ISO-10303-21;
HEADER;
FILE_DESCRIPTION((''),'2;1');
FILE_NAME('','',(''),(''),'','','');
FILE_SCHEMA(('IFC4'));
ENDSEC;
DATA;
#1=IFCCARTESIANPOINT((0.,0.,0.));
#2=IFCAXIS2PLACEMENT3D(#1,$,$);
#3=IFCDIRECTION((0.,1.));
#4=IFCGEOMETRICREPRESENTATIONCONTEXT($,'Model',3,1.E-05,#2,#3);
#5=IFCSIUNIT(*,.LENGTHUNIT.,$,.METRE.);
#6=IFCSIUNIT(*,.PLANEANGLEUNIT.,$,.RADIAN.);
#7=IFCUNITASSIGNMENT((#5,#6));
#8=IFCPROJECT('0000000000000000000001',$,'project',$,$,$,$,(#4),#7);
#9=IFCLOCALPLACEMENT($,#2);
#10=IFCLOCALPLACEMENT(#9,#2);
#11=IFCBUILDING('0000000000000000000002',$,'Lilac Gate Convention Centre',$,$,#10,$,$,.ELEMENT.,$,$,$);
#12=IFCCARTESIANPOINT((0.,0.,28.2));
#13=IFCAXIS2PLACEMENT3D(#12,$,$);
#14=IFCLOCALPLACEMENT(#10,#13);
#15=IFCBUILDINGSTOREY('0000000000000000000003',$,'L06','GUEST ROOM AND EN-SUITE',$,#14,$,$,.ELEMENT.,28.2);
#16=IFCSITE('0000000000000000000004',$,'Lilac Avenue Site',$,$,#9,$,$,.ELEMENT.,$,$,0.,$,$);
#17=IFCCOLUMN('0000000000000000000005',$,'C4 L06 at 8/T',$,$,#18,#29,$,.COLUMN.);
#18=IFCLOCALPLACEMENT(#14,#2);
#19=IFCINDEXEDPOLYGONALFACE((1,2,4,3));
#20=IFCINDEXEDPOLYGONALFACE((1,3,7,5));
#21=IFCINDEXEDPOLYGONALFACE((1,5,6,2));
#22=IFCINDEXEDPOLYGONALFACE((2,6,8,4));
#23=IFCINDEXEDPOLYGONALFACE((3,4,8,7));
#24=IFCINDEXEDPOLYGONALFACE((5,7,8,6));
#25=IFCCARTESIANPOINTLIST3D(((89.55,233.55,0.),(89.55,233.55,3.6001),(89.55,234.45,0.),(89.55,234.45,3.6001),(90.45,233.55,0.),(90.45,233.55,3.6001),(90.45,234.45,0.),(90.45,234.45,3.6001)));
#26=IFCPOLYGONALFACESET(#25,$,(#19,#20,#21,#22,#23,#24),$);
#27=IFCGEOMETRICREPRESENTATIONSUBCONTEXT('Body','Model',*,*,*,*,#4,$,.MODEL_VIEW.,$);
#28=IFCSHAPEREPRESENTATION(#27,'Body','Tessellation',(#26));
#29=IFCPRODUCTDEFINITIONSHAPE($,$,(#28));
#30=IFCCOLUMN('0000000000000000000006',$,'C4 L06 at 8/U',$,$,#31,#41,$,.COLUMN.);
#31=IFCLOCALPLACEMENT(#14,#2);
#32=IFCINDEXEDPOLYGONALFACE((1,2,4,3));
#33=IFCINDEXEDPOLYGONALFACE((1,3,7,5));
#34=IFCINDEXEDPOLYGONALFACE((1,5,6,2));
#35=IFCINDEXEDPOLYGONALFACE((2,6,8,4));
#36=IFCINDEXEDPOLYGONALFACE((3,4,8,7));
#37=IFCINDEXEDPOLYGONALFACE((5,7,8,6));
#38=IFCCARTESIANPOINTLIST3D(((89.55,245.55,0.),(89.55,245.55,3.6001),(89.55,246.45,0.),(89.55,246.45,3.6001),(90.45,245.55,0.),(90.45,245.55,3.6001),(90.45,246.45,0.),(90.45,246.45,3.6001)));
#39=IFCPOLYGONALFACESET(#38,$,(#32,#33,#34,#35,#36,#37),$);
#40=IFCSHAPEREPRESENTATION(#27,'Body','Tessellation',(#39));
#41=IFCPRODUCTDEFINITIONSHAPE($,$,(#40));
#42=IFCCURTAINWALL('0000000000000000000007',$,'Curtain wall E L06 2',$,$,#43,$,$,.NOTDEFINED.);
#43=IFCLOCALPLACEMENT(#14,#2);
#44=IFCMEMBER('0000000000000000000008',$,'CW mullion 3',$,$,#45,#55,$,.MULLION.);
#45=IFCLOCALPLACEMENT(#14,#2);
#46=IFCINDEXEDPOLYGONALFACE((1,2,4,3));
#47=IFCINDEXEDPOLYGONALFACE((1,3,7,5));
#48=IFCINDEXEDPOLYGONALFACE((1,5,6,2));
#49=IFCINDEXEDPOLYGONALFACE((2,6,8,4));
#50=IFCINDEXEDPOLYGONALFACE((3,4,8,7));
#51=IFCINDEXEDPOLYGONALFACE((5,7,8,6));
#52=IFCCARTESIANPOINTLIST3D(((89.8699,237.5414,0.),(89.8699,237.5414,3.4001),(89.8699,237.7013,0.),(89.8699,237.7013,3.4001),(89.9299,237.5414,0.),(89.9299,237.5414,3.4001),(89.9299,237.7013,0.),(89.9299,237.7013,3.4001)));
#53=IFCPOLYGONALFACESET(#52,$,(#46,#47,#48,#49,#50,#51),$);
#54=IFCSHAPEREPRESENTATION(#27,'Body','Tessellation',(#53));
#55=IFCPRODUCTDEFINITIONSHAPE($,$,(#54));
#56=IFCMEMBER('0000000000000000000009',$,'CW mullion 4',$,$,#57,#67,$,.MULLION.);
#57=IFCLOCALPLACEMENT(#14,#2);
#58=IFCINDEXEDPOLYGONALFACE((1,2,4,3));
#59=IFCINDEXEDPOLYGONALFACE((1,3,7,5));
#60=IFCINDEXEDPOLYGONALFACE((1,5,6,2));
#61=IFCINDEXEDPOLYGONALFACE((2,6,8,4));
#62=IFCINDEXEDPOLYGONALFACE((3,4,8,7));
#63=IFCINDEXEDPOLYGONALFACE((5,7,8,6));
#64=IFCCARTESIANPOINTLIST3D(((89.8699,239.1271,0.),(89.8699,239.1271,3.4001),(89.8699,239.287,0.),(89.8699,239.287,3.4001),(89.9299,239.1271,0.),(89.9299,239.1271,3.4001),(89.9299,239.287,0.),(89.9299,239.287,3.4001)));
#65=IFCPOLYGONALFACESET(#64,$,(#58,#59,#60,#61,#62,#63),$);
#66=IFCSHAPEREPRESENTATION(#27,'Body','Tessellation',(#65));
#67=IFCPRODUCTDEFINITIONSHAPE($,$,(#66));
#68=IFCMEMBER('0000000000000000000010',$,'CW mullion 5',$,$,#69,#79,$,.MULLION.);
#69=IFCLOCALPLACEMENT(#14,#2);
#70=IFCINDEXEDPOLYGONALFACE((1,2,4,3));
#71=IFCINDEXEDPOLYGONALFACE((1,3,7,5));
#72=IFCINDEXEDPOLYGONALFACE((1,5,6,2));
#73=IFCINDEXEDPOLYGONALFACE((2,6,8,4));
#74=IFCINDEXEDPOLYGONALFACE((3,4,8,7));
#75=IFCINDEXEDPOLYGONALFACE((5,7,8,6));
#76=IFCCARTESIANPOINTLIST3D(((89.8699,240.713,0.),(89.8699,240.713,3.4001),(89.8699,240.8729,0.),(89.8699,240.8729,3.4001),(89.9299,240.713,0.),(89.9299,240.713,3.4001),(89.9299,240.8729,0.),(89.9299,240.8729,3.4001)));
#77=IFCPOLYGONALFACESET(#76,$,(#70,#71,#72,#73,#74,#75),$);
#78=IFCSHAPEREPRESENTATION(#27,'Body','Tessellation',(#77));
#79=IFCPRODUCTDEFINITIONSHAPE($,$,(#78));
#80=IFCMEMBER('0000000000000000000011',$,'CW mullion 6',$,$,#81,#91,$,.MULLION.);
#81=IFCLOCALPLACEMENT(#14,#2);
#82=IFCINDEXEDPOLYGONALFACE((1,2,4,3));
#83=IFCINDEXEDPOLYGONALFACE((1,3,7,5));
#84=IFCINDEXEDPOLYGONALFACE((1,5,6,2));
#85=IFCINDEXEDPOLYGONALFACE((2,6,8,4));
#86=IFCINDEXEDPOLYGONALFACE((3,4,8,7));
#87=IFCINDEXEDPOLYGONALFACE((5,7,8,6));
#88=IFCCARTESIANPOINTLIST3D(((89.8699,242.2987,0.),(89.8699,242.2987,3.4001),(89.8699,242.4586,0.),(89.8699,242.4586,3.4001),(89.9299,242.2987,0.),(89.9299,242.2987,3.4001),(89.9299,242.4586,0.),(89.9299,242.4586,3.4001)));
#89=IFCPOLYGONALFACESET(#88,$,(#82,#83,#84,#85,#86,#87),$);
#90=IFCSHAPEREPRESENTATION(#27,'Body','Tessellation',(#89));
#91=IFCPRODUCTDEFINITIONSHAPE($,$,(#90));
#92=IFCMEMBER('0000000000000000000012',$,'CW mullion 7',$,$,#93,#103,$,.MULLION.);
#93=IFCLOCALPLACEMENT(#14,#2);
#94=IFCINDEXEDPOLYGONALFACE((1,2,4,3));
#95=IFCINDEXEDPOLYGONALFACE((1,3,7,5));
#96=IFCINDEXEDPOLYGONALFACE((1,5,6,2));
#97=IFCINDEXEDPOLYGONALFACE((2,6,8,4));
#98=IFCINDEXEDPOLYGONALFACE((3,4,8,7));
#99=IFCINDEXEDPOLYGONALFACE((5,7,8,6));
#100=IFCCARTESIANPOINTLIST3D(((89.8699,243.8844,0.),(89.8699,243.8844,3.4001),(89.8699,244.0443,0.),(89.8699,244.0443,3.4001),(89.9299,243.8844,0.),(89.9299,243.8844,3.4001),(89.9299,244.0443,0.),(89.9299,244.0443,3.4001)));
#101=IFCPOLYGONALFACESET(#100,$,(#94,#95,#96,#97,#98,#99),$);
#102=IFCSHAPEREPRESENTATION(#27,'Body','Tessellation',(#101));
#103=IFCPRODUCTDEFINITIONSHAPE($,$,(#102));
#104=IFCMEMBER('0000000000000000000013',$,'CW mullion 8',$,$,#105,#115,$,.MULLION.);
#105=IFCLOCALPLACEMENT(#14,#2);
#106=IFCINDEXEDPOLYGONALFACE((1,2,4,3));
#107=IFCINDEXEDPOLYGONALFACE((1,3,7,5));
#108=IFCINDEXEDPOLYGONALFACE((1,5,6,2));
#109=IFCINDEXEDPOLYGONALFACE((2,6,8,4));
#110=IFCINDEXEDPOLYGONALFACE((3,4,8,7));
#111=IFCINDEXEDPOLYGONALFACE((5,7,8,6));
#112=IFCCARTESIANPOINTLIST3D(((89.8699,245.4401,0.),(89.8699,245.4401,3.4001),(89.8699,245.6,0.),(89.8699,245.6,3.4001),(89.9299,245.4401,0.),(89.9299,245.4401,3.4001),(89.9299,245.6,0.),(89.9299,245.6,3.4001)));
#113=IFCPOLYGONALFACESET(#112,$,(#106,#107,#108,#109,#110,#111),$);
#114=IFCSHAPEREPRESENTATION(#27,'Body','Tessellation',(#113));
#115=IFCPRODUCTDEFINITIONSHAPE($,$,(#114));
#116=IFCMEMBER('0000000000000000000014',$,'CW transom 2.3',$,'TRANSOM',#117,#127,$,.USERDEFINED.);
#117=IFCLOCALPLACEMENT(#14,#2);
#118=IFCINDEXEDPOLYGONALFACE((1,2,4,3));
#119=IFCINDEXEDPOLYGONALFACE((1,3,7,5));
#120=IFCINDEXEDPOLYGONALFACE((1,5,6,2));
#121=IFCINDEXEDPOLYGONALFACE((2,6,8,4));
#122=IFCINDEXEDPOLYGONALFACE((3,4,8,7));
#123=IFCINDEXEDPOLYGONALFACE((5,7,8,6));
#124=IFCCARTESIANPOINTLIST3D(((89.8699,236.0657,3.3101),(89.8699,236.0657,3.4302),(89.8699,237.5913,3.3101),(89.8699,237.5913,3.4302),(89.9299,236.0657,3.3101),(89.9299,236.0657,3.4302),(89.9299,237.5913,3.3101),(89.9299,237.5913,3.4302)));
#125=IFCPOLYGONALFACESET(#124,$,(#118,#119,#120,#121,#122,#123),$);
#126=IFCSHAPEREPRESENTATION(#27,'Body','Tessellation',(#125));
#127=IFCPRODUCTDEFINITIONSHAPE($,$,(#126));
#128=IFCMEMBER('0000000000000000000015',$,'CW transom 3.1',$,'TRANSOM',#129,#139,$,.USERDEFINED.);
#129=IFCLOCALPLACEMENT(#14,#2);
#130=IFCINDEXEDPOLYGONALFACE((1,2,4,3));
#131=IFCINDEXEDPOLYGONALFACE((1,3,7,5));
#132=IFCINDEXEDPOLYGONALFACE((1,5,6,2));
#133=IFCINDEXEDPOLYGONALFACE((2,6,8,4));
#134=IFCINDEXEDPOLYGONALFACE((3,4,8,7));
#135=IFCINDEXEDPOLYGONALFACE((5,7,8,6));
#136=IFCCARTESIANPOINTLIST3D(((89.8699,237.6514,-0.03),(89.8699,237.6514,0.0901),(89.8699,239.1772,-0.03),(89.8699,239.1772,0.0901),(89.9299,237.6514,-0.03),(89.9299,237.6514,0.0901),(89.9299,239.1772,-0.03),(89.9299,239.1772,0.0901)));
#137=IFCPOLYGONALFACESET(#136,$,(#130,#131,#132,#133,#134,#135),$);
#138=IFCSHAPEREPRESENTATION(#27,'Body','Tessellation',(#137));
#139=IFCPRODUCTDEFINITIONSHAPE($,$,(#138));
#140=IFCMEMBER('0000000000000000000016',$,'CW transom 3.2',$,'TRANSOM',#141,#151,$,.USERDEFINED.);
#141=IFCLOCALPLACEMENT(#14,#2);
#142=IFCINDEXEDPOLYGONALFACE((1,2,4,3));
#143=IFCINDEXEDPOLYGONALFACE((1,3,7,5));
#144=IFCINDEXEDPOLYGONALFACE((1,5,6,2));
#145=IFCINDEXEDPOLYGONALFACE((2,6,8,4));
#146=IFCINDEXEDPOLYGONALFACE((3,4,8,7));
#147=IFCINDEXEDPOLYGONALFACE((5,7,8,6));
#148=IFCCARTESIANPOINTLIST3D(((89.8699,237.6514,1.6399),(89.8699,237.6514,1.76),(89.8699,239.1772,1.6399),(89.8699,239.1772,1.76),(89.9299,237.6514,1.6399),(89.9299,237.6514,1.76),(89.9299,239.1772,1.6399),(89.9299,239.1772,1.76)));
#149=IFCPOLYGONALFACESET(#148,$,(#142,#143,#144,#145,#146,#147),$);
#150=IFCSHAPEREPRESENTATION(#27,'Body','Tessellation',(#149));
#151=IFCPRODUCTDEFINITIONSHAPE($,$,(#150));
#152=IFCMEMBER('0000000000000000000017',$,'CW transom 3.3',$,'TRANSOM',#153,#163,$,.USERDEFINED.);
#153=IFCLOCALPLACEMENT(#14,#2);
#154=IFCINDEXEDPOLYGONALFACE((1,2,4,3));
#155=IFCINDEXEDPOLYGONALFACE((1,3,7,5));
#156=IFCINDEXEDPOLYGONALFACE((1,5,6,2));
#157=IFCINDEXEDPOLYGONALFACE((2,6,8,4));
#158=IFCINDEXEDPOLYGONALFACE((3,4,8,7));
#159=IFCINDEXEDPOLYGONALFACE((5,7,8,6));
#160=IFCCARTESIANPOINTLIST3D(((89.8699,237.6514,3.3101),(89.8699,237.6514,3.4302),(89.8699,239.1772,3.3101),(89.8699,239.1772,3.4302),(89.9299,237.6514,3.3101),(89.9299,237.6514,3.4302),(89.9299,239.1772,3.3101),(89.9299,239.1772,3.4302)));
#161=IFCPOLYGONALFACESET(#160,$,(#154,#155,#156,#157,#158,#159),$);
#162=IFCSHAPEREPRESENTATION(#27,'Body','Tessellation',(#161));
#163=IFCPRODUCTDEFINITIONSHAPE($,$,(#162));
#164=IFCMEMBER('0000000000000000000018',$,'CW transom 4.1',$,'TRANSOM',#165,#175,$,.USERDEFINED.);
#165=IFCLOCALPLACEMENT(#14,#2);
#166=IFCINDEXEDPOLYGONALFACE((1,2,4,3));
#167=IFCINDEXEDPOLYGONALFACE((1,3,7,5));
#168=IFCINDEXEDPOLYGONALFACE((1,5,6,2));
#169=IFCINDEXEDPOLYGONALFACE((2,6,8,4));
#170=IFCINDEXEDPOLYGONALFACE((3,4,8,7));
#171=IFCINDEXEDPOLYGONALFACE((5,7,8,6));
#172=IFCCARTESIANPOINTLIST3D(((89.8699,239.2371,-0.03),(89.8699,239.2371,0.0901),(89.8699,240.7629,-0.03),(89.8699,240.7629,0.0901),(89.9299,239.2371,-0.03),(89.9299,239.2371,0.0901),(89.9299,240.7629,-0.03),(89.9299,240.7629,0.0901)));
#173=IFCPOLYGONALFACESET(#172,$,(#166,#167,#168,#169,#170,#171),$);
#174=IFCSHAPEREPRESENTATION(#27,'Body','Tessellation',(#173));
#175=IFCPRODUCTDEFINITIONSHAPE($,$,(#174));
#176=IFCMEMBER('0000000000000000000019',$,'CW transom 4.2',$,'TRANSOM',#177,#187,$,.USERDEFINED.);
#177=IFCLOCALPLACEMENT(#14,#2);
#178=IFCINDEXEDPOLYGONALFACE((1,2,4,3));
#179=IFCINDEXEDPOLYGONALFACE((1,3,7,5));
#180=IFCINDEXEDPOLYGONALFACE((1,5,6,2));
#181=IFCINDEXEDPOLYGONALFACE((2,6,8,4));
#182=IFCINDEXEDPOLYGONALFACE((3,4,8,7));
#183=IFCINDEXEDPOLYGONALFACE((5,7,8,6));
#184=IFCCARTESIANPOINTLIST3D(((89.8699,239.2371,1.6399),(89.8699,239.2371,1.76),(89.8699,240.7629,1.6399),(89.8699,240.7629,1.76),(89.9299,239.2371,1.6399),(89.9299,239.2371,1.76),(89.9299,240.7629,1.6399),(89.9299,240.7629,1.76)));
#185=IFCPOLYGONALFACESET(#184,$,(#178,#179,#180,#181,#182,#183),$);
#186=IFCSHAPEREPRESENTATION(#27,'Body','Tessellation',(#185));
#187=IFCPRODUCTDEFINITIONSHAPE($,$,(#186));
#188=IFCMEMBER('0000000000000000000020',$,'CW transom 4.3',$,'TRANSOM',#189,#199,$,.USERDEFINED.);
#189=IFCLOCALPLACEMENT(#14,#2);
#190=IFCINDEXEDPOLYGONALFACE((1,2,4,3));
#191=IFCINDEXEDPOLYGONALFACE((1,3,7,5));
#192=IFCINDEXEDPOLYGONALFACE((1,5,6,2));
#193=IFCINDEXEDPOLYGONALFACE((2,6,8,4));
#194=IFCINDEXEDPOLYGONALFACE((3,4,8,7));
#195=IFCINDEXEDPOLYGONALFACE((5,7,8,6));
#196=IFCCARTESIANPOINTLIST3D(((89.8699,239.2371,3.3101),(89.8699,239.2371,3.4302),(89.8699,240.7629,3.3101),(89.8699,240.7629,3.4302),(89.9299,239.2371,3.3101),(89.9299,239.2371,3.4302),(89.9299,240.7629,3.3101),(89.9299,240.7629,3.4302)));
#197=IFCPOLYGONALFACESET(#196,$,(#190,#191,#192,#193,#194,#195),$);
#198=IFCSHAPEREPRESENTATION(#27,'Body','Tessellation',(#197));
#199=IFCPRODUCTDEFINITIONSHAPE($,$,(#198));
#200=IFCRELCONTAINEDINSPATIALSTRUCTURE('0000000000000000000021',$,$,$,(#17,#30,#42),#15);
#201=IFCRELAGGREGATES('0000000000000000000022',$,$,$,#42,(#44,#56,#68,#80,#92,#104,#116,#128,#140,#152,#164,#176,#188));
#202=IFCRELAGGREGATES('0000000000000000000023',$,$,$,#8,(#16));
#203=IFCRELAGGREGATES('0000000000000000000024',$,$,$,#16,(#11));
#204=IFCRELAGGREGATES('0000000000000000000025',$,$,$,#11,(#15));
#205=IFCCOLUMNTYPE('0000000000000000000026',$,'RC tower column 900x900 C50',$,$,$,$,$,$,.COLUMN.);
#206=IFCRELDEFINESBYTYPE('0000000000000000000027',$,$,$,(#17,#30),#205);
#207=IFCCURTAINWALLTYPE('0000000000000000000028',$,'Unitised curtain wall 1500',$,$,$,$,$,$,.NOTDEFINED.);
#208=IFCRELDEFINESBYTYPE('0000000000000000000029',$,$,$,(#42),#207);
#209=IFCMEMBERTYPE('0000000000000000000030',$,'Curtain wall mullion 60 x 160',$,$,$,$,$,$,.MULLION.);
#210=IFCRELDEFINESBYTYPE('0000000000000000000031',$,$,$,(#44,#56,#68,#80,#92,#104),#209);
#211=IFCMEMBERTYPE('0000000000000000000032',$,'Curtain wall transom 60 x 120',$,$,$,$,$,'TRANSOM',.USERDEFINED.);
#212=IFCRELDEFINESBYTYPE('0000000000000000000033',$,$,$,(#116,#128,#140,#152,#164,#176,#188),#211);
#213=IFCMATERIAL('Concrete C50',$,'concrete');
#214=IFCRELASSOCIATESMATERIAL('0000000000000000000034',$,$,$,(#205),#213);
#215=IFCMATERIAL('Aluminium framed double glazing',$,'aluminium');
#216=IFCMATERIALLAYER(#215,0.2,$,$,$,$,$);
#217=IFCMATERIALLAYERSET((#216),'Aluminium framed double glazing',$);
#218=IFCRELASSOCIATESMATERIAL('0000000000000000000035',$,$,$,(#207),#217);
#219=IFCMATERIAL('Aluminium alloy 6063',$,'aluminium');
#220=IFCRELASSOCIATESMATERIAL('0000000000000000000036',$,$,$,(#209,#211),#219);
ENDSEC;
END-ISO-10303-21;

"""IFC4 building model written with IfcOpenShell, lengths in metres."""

from ifc_helpers import new_model, si_unit, direction, frame, origin, origin_2d, place, context, subcontext, project, spatial, rectangle, extrude, material, layer, layer_set, material_profile, profile_set, type_object, element, aggregate, save


model = new_model("IFC4")

# Units and contexts
model_context = context("Model", 3, precision=1e-05, world=origin(), true_north=direction((0.0, 1.0)))
body_context = subcontext(model_context, "Body", "Model", "MODEL_VIEW")
ifc_project = project(units=[si_unit("LENGTHUNIT", "METRE"), si_unit("PLANEANGLEUNIT", "RADIAN")], contexts=[model_context])

# Site, building, storey
site_placement = place(None, origin())
site = spatial("IfcSite", under=ifc_project, at=site_placement, Name="Lilac Avenue Site", CompositionType="ELEMENT", RefElevation=0.0)
building_placement = place(site_placement, origin())
building = spatial("IfcBuilding", under=site, at=building_placement, Name="Lilac Gate Convention Centre", CompositionType="ELEMENT")
storey_placement = place(building_placement, frame((0.0, 0.0, 28.2)))
storey = spatial("IfcBuildingStorey", under=building, at=storey_placement, Name="L06", Description="GUEST ROOM AND EN-SUITE", CompositionType="ELEMENT", Elevation=28.2)

# Columns
ifc_material_1 = material(Name="Concrete C50", Category="concrete")
ifc_material_profile_1 = material_profile(ifc_material_1, rectangle(XDim=0.8999, YDim=0.8999, at=origin_2d()), Name="RC 900x900")
ifc_profile_set_1 = profile_set([ifc_material_profile_1], Name="Concrete C50")
column_type = type_object("IfcColumnType", Name="RC tower column 900x900 C50", PredefinedType="COLUMN", material=ifc_profile_set_1)
for number, where, z_axis, x_axis, name in (
    (1, (90.0, 234.0, 0.0), (0.0, 0.0, 1.0), (1.0, 0.0, 0.0), "C4 L06 at 8/T"),
    (2, (90.0, 246.0, 0.0), (0.0, 0.0, 1.0), (1.0, 0.0, 0.0), "C4 L06 at 8/U"),
):
    element("IfcColumn", number, at=place(storey_placement, frame(where, z_axis=z_axis, x_axis=x_axis)), inside=storey, type_object=column_type, Name=name, PredefinedType="COLUMN", context=body_context, shape_type="SweptSolid", body=[
        extrude(rectangle(XDim=0.8999, YDim=0.8999, at=origin_2d()), origin(), (0.0, 0.0, 1.0), 3.6001),
    ])

# Curtain wall, members
ifc_material_2 = material(Name="Aluminium framed double glazing", Category="aluminium")
ifc_layer_1 = layer(ifc_material_2, 0.2)
ifc_layer_set_1 = layer_set([ifc_layer_1], Name="Aluminium framed double glazing")
curtain_wall_type = type_object("IfcCurtainWallType", Name="Unitised curtain wall 1500", PredefinedType="NOTDEFINED", material=ifc_layer_set_1)
curtain_wall_placement = place(storey_placement, origin())
curtain_wall = element("IfcCurtainWall", 3, at=curtain_wall_placement, inside=storey, type_object=curtain_wall_type, Name="Curtain wall E L06 2", PredefinedType="NOTDEFINED")
ifc_material_3 = material(Name="Aluminium alloy 6063", Category="aluminium")
ifc_material_profile_2 = material_profile(ifc_material_3, rectangle(XDim=0.0601, YDim=0.1599, at=origin_2d()), Name="Curtain wall mullion 60 x 160")
ifc_profile_set_2 = profile_set([ifc_material_profile_2], Name="Aluminium alloy 6063")
member_type_1 = type_object("IfcMemberType", Name="Curtain wall mullion 60 x 160", PredefinedType="MULLION", material=ifc_profile_set_2)
member_1_placement = place(storey_placement, frame((89.8999, 237.6213, 0.0), z_axis=(0.0, 0.0, 1.0), x_axis=(-1.0, 0.0, 0.0)))
member_1 = element("IfcMember", 4, at=member_1_placement, type_object=member_type_1, Name="CW mullion 3", PredefinedType="MULLION", context=body_context, shape_type="SweptSolid", body=[
    extrude(rectangle(XDim=0.0601, YDim=0.1599, at=origin_2d()), origin(), (0.0, 0.0, 1.0), 3.4001),
])
member_2_placement = place(storey_placement, frame((89.8999, 239.207, 0.0), z_axis=(0.0, 0.0, 1.0), x_axis=(-1.0, 0.0, 0.0)))
member_2 = element("IfcMember", 5, at=member_2_placement, type_object=member_type_1, Name="CW mullion 4", PredefinedType="MULLION", context=body_context, shape_type="SweptSolid", body=[
    extrude(rectangle(XDim=0.0601, YDim=0.1599, at=origin_2d()), origin(), (0.0, 0.0, 1.0), 3.4001),
])
member_3_placement = place(storey_placement, frame((89.8999, 240.793, 0.0), z_axis=(0.0, 0.0, 1.0), x_axis=(-1.0, 0.0, 0.0)))
member_3 = element("IfcMember", 6, at=member_3_placement, type_object=member_type_1, Name="CW mullion 5", PredefinedType="MULLION", context=body_context, shape_type="SweptSolid", body=[
    extrude(rectangle(XDim=0.0601, YDim=0.1599, at=origin_2d()), origin(), (0.0, 0.0, 1.0), 3.4001),
])
member_4_placement = place(storey_placement, frame((89.8999, 242.3787, 0.0), z_axis=(0.0, 0.0, 1.0), x_axis=(-1.0, 0.0, 0.0)))
member_4 = element("IfcMember", 7, at=member_4_placement, type_object=member_type_1, Name="CW mullion 6", PredefinedType="MULLION", context=body_context, shape_type="SweptSolid", body=[
    extrude(rectangle(XDim=0.0601, YDim=0.1599, at=origin_2d()), origin(), (0.0, 0.0, 1.0), 3.4001),
])
member_5_placement = place(storey_placement, frame((89.8999, 243.9644, 0.0), z_axis=(0.0, 0.0, 1.0), x_axis=(-1.0, 0.0, 0.0)))
member_5 = element("IfcMember", 8, at=member_5_placement, type_object=member_type_1, Name="CW mullion 7", PredefinedType="MULLION", context=body_context, shape_type="SweptSolid", body=[
    extrude(rectangle(XDim=0.0601, YDim=0.1599, at=origin_2d()), origin(), (0.0, 0.0, 1.0), 3.4001),
])
member_6_placement = place(storey_placement, frame((89.8999, 245.52, 0.0), z_axis=(0.0, 0.0, 1.0), x_axis=(-1.0, 0.0, 0.0)))
member_6 = element("IfcMember", 9, at=member_6_placement, type_object=member_type_1, Name="CW mullion 8", PredefinedType="MULLION", context=body_context, shape_type="SweptSolid", body=[
    extrude(rectangle(XDim=0.0601, YDim=0.1599, at=origin_2d()), origin(), (0.0, 0.0, 1.0), 3.4001),
])
ifc_material_profile_3 = material_profile(ifc_material_3, rectangle(XDim=0.0601, YDim=0.1201, at=origin_2d()), Name="Curtain wall transom 60 x 120")
ifc_profile_set_3 = profile_set([ifc_material_profile_3], Name="Aluminium alloy 6063")
member_type_2 = type_object("IfcMemberType", Name="Curtain wall transom 60 x 120", ElementType="TRANSOM", PredefinedType="USERDEFINED", material=ifc_profile_set_3)
member_7_placement = place(storey_placement, frame((89.8999, 236.0657, 3.3701), z_axis=(0.0, 1.0, 0.0), x_axis=(-1.0, 0.0, 0.0)))
member_7 = element("IfcMember", 10, at=member_7_placement, type_object=member_type_2, Name="CW transom 2.3", ObjectType="TRANSOM", PredefinedType="USERDEFINED", context=body_context, shape_type="SweptSolid", body=[
    extrude(rectangle(XDim=0.0601, YDim=0.1201, at=origin_2d()), origin(), (0.0, 0.0, 1.0), 1.5256),
])
member_8_placement = place(storey_placement, frame((89.8999, 237.6514, 0.03), z_axis=(0.0, 1.0, 0.0), x_axis=(-1.0, 0.0, 0.0)))
member_8 = element("IfcMember", 11, at=member_8_placement, type_object=member_type_2, Name="CW transom 3.1", ObjectType="TRANSOM", PredefinedType="USERDEFINED", context=body_context, shape_type="SweptSolid", body=[
    extrude(rectangle(XDim=0.0601, YDim=0.1201, at=origin_2d()), origin(), (0.0, 0.0, 1.0), 1.5259),
])
member_9_placement = place(storey_placement, frame((89.8999, 237.6514, 1.7), z_axis=(0.0, 1.0, 0.0), x_axis=(-1.0, 0.0, 0.0)))
member_9 = element("IfcMember", 12, at=member_9_placement, type_object=member_type_2, Name="CW transom 3.2", ObjectType="TRANSOM", PredefinedType="USERDEFINED", context=body_context, shape_type="SweptSolid", body=[
    extrude(rectangle(XDim=0.0601, YDim=0.1201, at=origin_2d()), origin(), (0.0, 0.0, 1.0), 1.5259),
])
member_10_placement = place(storey_placement, frame((89.8999, 237.6514, 3.3701), z_axis=(0.0, 1.0, 0.0), x_axis=(-1.0, 0.0, 0.0)))
member_10 = element("IfcMember", 13, at=member_10_placement, type_object=member_type_2, Name="CW transom 3.3", ObjectType="TRANSOM", PredefinedType="USERDEFINED", context=body_context, shape_type="SweptSolid", body=[
    extrude(rectangle(XDim=0.0601, YDim=0.1201, at=origin_2d()), origin(), (0.0, 0.0, 1.0), 1.5259),
])
member_11_placement = place(storey_placement, frame((89.8999, 239.2371, 0.03), z_axis=(0.0, 1.0, 0.0), x_axis=(-1.0, 0.0, 0.0)))
member_11 = element("IfcMember", 14, at=member_11_placement, type_object=member_type_2, Name="CW transom 4.1", ObjectType="TRANSOM", PredefinedType="USERDEFINED", context=body_context, shape_type="SweptSolid", body=[
    extrude(rectangle(XDim=0.0601, YDim=0.1201, at=origin_2d()), origin(), (0.0, 0.0, 1.0), 1.5259),
])
member_12_placement = place(storey_placement, frame((89.8999, 239.2371, 1.7), z_axis=(0.0, 1.0, 0.0), x_axis=(-1.0, 0.0, 0.0)))
member_12 = element("IfcMember", 15, at=member_12_placement, type_object=member_type_2, Name="CW transom 4.2", ObjectType="TRANSOM", PredefinedType="USERDEFINED", context=body_context, shape_type="SweptSolid", body=[
    extrude(rectangle(XDim=0.0601, YDim=0.1201, at=origin_2d()), origin(), (0.0, 0.0, 1.0), 1.5259),
])
member_13_placement = place(storey_placement, frame((89.8999, 239.2371, 3.3701), z_axis=(0.0, 1.0, 0.0), x_axis=(-1.0, 0.0, 0.0)))
member_13 = element("IfcMember", 16, at=member_13_placement, type_object=member_type_2, Name="CW transom 4.3", ObjectType="TRANSOM", PredefinedType="USERDEFINED", context=body_context, shape_type="SweptSolid", body=[
    extrude(rectangle(XDim=0.0601, YDim=0.1201, at=origin_2d()), origin(), (0.0, 0.0, 1.0), 1.5259),
])

aggregate(curtain_wall, [member_1, member_2, member_3, member_4, member_5, member_6, member_7, member_8, member_9, member_10, member_11, member_12, member_13])

save(model, "model.ifc")
